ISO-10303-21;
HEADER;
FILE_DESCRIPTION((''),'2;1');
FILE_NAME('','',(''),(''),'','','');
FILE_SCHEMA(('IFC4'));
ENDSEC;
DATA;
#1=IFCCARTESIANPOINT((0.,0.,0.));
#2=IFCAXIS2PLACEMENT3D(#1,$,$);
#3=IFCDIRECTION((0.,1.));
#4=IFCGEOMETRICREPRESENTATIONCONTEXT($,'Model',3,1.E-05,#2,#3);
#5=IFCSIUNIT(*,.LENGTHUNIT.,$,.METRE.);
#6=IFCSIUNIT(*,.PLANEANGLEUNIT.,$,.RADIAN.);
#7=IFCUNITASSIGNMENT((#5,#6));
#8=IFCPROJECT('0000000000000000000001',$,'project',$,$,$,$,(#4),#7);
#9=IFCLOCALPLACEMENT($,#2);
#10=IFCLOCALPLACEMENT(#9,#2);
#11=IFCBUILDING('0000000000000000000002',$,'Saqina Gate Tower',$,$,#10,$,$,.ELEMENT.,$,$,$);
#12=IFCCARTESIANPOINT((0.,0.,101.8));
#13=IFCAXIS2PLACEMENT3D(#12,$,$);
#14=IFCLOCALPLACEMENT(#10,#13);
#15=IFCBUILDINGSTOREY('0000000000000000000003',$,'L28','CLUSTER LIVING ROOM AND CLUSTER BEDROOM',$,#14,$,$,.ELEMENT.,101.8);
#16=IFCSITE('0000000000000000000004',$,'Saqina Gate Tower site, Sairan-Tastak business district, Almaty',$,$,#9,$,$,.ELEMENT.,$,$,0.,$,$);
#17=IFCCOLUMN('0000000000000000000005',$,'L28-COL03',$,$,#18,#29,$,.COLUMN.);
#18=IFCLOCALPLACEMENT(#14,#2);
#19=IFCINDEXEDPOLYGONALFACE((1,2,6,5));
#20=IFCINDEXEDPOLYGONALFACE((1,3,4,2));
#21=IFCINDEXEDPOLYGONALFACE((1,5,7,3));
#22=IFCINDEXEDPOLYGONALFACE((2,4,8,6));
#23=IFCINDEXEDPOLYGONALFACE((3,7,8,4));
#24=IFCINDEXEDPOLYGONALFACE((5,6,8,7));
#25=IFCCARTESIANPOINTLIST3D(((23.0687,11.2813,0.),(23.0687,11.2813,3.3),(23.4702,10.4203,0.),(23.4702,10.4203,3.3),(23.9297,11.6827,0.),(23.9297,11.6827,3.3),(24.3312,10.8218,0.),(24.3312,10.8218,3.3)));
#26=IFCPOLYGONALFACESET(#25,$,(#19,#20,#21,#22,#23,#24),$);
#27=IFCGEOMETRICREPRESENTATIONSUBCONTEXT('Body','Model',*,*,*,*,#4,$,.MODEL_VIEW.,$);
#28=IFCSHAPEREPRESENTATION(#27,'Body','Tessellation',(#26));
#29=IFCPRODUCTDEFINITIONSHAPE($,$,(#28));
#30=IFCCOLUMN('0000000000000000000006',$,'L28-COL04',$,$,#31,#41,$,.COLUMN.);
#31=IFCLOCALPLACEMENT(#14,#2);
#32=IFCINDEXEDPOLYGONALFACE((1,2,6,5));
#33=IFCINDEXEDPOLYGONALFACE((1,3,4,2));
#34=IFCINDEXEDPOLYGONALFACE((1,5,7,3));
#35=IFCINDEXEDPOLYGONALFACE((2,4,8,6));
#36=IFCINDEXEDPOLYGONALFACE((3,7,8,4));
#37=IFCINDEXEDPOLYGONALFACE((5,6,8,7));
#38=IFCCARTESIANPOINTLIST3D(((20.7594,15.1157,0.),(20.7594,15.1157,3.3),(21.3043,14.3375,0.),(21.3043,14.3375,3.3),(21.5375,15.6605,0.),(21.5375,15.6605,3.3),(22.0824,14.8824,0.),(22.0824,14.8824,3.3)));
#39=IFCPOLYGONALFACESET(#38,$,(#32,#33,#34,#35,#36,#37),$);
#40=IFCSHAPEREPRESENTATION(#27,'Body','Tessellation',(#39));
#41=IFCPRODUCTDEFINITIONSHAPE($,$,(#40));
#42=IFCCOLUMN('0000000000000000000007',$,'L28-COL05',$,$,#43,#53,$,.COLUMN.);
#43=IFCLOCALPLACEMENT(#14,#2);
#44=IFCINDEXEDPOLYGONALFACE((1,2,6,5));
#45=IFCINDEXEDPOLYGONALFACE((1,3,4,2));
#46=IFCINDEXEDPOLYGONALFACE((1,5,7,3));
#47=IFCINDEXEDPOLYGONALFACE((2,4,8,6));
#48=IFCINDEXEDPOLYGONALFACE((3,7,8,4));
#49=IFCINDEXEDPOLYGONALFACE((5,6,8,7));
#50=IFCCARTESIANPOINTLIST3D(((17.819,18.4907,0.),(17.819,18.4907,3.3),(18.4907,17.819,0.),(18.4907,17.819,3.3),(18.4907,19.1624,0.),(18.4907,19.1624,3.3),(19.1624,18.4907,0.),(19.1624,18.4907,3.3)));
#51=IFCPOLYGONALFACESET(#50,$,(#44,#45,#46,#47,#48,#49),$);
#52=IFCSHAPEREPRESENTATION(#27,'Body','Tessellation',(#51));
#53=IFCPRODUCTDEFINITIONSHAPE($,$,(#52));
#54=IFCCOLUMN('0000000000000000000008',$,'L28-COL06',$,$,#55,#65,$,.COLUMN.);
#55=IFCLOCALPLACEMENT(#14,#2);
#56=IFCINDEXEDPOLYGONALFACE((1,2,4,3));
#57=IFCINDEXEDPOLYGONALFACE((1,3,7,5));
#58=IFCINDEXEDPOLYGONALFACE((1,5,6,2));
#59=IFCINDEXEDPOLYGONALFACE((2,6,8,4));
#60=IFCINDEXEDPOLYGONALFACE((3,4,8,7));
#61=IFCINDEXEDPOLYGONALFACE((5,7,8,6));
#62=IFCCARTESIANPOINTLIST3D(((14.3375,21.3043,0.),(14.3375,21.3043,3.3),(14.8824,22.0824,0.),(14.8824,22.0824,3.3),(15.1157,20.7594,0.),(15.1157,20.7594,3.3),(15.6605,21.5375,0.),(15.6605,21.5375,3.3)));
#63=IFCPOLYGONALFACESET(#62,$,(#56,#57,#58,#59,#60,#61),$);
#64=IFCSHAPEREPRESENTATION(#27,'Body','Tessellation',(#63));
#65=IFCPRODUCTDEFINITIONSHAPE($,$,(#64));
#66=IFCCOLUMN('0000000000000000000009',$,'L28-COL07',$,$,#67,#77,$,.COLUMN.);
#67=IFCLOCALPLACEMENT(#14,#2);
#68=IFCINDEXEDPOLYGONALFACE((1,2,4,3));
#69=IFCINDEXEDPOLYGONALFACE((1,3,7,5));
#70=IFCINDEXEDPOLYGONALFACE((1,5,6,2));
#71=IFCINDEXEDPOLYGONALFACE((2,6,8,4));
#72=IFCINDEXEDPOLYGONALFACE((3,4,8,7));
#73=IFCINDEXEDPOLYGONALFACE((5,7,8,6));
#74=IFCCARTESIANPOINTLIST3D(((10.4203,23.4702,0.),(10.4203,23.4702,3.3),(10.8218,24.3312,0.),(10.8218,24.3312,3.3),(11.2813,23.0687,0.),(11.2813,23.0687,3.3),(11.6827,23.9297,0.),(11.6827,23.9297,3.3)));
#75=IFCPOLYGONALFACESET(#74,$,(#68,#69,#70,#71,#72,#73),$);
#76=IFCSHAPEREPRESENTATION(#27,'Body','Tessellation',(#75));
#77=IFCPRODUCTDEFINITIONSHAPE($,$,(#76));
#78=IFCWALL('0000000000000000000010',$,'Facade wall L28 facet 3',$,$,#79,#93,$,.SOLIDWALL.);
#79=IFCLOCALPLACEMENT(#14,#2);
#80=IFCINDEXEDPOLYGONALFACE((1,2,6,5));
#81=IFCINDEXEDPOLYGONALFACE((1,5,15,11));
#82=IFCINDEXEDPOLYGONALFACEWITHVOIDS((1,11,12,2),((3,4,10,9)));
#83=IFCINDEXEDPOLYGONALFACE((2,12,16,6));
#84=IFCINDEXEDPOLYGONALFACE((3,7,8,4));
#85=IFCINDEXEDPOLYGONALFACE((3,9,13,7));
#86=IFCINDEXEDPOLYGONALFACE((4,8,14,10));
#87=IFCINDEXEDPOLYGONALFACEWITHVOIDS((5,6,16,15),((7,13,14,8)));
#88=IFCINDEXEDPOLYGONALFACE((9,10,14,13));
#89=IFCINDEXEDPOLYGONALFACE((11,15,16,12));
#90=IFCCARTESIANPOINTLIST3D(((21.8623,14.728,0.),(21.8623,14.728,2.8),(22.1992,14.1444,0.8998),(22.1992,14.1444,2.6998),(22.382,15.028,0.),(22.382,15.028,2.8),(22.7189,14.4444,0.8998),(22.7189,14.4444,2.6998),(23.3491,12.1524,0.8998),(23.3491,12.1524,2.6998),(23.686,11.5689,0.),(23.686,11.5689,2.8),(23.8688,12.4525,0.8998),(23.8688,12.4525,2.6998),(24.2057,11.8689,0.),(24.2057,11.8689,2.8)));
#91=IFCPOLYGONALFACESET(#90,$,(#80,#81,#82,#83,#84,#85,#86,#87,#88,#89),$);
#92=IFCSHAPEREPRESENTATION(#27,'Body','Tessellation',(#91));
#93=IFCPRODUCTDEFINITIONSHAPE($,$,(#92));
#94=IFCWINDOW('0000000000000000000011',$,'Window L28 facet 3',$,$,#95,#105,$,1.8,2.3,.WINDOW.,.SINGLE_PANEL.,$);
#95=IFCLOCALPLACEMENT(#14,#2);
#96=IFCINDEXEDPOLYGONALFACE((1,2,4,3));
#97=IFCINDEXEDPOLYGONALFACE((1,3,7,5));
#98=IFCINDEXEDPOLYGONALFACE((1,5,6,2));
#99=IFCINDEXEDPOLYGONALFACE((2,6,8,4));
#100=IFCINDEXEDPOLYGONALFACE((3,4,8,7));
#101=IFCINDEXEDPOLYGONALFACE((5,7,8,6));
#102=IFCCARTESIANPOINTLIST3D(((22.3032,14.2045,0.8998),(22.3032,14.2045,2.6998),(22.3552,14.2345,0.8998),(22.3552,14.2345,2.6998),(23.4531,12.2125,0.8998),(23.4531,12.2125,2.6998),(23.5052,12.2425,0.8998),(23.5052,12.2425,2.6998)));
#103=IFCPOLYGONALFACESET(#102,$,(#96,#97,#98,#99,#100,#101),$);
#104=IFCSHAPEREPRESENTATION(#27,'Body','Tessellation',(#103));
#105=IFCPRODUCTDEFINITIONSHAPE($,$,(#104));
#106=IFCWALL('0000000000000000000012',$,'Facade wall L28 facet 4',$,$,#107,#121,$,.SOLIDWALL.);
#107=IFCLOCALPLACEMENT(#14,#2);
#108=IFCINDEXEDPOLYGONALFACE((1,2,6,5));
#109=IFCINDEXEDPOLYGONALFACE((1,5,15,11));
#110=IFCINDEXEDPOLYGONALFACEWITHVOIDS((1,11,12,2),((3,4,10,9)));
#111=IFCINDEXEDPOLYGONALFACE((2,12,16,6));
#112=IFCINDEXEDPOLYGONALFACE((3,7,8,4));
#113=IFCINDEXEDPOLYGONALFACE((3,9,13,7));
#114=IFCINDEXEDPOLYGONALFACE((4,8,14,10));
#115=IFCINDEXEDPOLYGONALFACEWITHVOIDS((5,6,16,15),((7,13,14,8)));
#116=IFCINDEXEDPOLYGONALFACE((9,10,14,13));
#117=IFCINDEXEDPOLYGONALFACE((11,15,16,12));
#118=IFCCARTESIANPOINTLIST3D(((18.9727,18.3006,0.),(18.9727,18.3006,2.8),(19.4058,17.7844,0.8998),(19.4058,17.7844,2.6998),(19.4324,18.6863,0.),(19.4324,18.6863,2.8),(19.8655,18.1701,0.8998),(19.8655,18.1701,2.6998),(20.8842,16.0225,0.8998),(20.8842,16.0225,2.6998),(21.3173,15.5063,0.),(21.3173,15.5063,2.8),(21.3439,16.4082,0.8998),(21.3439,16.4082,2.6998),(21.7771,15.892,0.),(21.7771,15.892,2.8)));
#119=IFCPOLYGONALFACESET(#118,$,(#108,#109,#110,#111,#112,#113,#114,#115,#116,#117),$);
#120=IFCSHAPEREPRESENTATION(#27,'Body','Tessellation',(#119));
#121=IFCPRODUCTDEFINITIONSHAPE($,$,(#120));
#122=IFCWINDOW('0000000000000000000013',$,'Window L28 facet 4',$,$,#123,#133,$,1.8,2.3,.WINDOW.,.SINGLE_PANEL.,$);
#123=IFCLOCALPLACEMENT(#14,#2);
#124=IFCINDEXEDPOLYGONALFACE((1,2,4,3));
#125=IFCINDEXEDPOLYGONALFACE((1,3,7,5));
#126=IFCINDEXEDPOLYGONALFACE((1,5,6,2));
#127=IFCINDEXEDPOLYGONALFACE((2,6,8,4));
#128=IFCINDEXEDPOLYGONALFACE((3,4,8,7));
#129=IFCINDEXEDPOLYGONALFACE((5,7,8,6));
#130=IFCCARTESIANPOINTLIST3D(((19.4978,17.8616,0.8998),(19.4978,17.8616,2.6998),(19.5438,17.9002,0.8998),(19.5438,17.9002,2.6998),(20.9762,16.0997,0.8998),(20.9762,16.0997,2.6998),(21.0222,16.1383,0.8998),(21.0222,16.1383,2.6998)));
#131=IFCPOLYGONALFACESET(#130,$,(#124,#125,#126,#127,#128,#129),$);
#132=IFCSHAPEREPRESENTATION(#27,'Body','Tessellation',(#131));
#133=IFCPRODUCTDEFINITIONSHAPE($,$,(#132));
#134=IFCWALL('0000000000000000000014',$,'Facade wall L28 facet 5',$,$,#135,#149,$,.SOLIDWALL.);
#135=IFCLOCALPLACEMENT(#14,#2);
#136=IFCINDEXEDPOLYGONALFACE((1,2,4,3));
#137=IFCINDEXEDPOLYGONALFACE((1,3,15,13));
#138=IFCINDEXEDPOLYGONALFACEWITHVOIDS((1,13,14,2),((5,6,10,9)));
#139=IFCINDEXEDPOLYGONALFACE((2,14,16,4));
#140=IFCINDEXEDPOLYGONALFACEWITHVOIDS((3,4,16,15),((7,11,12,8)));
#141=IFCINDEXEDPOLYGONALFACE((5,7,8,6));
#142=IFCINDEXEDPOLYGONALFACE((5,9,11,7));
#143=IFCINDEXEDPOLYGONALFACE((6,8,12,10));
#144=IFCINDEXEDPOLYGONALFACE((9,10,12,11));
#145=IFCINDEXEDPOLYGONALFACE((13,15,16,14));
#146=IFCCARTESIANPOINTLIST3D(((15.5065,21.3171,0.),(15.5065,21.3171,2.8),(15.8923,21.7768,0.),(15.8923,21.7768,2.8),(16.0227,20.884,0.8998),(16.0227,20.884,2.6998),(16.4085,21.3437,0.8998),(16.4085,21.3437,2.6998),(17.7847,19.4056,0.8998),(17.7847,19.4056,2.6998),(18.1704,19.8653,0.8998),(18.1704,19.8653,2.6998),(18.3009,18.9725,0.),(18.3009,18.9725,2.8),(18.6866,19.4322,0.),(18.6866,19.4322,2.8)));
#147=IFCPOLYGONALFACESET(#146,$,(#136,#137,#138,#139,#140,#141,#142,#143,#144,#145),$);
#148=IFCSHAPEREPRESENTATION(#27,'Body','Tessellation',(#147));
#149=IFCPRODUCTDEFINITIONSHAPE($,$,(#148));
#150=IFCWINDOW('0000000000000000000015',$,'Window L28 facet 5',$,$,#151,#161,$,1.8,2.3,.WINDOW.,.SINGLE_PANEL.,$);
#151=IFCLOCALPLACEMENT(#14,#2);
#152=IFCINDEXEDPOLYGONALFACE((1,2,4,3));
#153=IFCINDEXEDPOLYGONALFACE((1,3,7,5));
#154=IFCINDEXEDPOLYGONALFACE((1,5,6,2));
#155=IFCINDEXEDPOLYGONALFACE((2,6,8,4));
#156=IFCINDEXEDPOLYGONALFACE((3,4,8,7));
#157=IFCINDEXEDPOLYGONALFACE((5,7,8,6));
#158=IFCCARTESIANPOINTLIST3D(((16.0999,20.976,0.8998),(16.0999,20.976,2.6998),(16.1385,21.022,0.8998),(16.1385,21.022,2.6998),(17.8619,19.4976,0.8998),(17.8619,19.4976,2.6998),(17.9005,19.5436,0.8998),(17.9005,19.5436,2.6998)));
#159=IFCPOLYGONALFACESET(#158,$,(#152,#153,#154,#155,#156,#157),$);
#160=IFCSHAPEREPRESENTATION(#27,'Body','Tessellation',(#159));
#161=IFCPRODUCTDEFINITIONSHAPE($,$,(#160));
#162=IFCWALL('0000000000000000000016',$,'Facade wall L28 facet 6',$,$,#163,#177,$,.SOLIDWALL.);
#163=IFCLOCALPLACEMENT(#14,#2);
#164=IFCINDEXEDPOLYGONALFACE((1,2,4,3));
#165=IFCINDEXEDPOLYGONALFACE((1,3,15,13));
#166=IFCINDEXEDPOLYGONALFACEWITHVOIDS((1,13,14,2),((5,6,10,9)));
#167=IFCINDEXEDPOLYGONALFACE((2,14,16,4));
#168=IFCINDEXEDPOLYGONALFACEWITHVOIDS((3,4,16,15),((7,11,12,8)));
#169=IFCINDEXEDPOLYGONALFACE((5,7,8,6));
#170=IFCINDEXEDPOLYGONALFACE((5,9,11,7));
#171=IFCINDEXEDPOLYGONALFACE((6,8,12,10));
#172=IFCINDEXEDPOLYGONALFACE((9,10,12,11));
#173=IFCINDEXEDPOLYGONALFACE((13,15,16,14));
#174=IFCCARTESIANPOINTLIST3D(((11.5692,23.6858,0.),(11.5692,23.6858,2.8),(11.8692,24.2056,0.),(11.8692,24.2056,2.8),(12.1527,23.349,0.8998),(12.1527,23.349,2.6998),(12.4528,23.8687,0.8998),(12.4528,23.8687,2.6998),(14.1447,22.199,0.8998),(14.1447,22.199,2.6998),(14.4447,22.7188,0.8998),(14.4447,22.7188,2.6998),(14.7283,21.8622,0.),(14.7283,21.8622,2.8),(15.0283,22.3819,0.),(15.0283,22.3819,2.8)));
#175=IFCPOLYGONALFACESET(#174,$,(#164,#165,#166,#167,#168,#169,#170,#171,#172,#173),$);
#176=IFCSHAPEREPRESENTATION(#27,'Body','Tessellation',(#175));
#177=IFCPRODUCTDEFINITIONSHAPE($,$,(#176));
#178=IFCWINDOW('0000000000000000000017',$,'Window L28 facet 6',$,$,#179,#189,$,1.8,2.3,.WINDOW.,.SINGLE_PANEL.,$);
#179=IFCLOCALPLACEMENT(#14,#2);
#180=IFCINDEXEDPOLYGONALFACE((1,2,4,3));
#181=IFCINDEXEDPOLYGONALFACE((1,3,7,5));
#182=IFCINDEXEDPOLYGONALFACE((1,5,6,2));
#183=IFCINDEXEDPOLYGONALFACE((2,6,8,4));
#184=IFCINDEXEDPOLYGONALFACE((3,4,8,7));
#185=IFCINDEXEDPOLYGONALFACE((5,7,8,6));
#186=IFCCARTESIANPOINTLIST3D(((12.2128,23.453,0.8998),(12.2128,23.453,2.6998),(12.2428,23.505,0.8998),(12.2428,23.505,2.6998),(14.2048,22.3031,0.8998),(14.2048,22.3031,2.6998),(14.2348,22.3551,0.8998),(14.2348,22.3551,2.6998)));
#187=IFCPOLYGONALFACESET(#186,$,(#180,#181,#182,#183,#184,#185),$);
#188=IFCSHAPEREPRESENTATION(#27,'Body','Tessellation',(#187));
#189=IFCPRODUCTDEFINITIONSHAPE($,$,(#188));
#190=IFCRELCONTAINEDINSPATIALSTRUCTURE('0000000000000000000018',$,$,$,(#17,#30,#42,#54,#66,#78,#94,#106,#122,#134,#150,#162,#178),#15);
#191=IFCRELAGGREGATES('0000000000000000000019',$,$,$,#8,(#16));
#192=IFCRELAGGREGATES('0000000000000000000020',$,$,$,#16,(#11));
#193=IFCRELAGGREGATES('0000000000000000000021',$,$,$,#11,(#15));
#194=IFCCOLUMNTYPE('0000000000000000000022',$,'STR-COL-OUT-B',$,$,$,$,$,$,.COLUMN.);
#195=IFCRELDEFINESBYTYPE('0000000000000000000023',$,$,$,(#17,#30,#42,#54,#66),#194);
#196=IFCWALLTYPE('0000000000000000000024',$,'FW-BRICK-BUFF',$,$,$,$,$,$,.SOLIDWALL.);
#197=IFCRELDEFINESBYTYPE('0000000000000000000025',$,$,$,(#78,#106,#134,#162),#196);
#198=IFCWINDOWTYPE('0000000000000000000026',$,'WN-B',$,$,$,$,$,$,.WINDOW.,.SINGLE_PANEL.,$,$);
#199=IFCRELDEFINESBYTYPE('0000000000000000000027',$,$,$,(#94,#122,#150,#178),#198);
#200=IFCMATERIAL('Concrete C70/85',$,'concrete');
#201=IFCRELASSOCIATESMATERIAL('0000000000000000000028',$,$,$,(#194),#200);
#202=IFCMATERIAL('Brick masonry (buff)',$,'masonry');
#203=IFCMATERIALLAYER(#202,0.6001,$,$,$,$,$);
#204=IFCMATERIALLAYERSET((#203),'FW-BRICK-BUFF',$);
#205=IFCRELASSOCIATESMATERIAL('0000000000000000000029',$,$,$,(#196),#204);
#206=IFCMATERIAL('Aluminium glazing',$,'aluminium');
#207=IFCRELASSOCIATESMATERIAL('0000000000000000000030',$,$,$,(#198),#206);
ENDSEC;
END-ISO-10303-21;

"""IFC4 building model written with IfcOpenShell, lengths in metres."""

from ifc_helpers import new_model, si_unit, direction, frame, frame_2d, origin, origin_2d, place, context, subcontext, project, spatial, rectangle, extrude, material, layer, layer_set, material_profile, profile_set, type_object, element, fill, save


model = new_model("IFC4")

# Units and contexts
model_context = context("Model", 3, precision=1e-05, world=origin(), true_north=direction((0.0, 1.0)))
body_context = subcontext(model_context, "Body", "Model", "MODEL_VIEW")
ifc_project = project(units=[si_unit("LENGTHUNIT", "METRE"), si_unit("PLANEANGLEUNIT", "RADIAN")], contexts=[model_context])

# Site, building, storey
site_placement = place(None, origin())
site = spatial("IfcSite", under=ifc_project, at=site_placement, Name="Saqina Gate Tower site, Sairan-Tastak business district, Almaty", CompositionType="ELEMENT", RefElevation=0.0)
building_placement = place(site_placement, origin())
building = spatial("IfcBuilding", under=site, at=building_placement, Name="Saqina Gate Tower", CompositionType="ELEMENT")
storey_placement = place(building_placement, frame((0.0, 0.0, 101.8)))
storey = spatial("IfcBuildingStorey", under=building, at=storey_placement, Name="L28", Description="CLUSTER LIVING ROOM AND CLUSTER BEDROOM", CompositionType="ELEMENT", Elevation=101.8)

# Columns
ifc_material_1 = material(Name="Concrete C70/85", Category="concrete")
ifc_material_profile = material_profile(ifc_material_1, rectangle(XDim=0.95, YDim=0.95, at=origin_2d()), Name="RC 950x950")
ifc_profile_set = profile_set([ifc_material_profile], Name="Concrete C70/85")
column_type = type_object("IfcColumnType", Name="STR-COL-OUT-B", PredefinedType="COLUMN", material=ifc_profile_set)
for number, where, z_axis, x_axis, name in (
    (1, (23.7, 11.0515, 0.0), (0.0, 0.0, 1.0), (0.906308, 0.422618, 0.0), "L28-COL03"),
    (2, (21.4209, 14.999, 0.0), (0.0, 0.0, 1.0), (0.819152, 0.573576, 0.0), "L28-COL04"),
    (3, (18.4907, 18.4907, 0.0), (0.0, 0.0, 1.0), (0.707107, 0.707107, 0.0), "L28-COL05"),
    (4, (14.999, 21.4209, 0.0), (0.0, 0.0, 1.0), (0.573576, 0.819152, 0.0), "L28-COL06"),
    (5, (11.0515, 23.7, 0.0), (0.0, 0.0, 1.0), (0.422618, 0.906308, 0.0), "L28-COL07"),
):
    element("IfcColumn", number, at=place(storey_placement, frame(where, z_axis=z_axis, x_axis=x_axis)), inside=storey, type_object=column_type, Name=name, PredefinedType="COLUMN", context=body_context, shape_type="SweptSolid", body=[
        extrude(rectangle(XDim=0.95, YDim=0.95, at=origin_2d()), origin(), (0.0, 0.0, 1.0), 3.3),
    ])

# Walls, openings, windows
ifc_material_2 = material(Name="Brick masonry (buff)", Category="masonry")
ifc_layer_1 = layer(ifc_material_2, 0.6001)
ifc_layer_set_1 = layer_set([ifc_layer_1], Name="FW-BRICK-BUFF")
wall_type_1 = type_object("IfcWallType", Name="FW-BRICK-BUFF", PredefinedType="SOLIDWALL", material=ifc_layer_set_1)
wall_1_placement = place(storey_placement, frame((23.9458, 11.719, 0.0), z_axis=(0.0, 0.0, 1.0), x_axis=(-0.499954, 0.866052, 0.0)))
wall_1 = element("IfcWall", 6, at=wall_1_placement, inside=storey, type_object=wall_type_1, Name="Facade wall L28 facet 3", PredefinedType="SOLIDWALL", context=body_context, shape_type="SweptSolid", body=[
    extrude(rectangle(XDim=3.6477, YDim=0.6001, at=frame_2d((1.8237, 0.0))), origin(), (0.0, 0.0, 1.0), 2.8),
])
opening_1_placement = place(wall_1_placement, frame((0.6738, 0.0, 0.8999)))
opening_1 = element("IfcOpeningElement", 7, at=opening_1_placement, cuts=wall_1, PredefinedType="OPENING", context=body_context, shape_type="SweptSolid", body=[
    extrude(rectangle(XDim=2.3, YDim=1.8, at=frame_2d((1.1499, 0.8999))), frame((0.0, 0.312, 0.0), z_axis=(0.0, -1.0, 0.0), x_axis=(1.0, 0.0, 0.0)), (0.0, 0.0, 1.0), 0.624),
])
ifc_material_3 = material(Name="Aluminium glazing", Category="aluminium")
window_type = type_object("IfcWindowType", Name="WN-B", PartitioningType="SINGLE_PANEL", PredefinedType="WINDOW", material=ifc_material_3)
window_1_placement = place(opening_1_placement, origin())
window_1 = element("IfcWindow", 8, at=window_1_placement, inside=storey, type_object=window_type, Name="Window L28 facet 3", OverallHeight=1.8, OverallWidth=2.3, PartitioningType="SINGLE_PANEL", PredefinedType="WINDOW", context=body_context, shape_type="SweptSolid", body=[
    extrude(rectangle(XDim=2.3, YDim=1.8, at=frame_2d((1.1499, 0.8999))), frame((0.0, 0.1799, 0.0), z_axis=(0.0, -1.0, 0.0), x_axis=(1.0, 0.0, 0.0)), (0.0, 0.0, 1.0), 0.0601),
])
fill(opening_1, window_1)
wall_2_placement = place(storey_placement, frame((21.5471, 15.6992, 0.0), z_axis=(0.0, 0.0, 1.0), x_axis=(-0.642774, 0.766055, 0.0)))
wall_2 = element("IfcWall", 9, at=wall_2_placement, inside=storey, type_object=wall_type_1, Name="Facade wall L28 facet 4", PredefinedType="SOLIDWALL", context=body_context, shape_type="SweptSolid", body=[
    extrude(rectangle(XDim=3.6477, YDim=0.6001, at=frame_2d((1.8237, 0.0))), origin(), (0.0, 0.0, 1.0), 2.8),
])
opening_2_placement = place(wall_2_placement, frame((0.6738, 0.0, 0.8999)))
opening_2 = element("IfcOpeningElement", 10, at=opening_2_placement, cuts=wall_2, PredefinedType="OPENING", context=body_context, shape_type="SweptSolid", body=[
    extrude(rectangle(XDim=2.3, YDim=1.8, at=frame_2d((1.1499, 0.8999))), frame((0.0, 0.312, 0.0), z_axis=(0.0, -1.0, 0.0), x_axis=(1.0, 0.0, 0.0)), (0.0, 0.0, 1.0), 0.624),
])
window_2_placement = place(opening_2_placement, origin())
window_2 = element("IfcWindow", 11, at=window_2_placement, inside=storey, type_object=window_type, Name="Window L28 facet 4", OverallHeight=1.8, OverallWidth=2.3, PartitioningType="SINGLE_PANEL", PredefinedType="WINDOW", context=body_context, shape_type="SweptSolid", body=[
    extrude(rectangle(XDim=2.3, YDim=1.8, at=frame_2d((1.1499, 0.8999))), frame((0.0, 0.1799, 0.0), z_axis=(0.0, -1.0, 0.0), x_axis=(1.0, 0.0, 0.0)), (0.0, 0.0, 1.0), 0.0601),
])
fill(opening_2, window_2)
wall_3_placement = place(storey_placement, frame((18.4937, 19.2024, 0.0), z_axis=(0.0, 0.0, 1.0), x_axis=(-0.766055, 0.642774, 0.0)))
wall_3 = element("IfcWall", 12, at=wall_3_placement, inside=storey, type_object=wall_type_1, Name="Facade wall L28 facet 5", PredefinedType="SOLIDWALL", context=body_context, shape_type="SweptSolid", body=[
    extrude(rectangle(XDim=3.6477, YDim=0.6001, at=frame_2d((1.8237, 0.0))), origin(), (0.0, 0.0, 1.0), 2.8),
])
opening_3_placement = place(wall_3_placement, frame((0.6738, 0.0, 0.8999)))
opening_3 = element("IfcOpeningElement", 13, at=opening_3_placement, cuts=wall_3, PredefinedType="OPENING", context=body_context, shape_type="SweptSolid", body=[
    extrude(rectangle(XDim=2.3, YDim=1.8, at=frame_2d((1.1499, 0.8999))), frame((0.0, 0.312, 0.0), z_axis=(0.0, -1.0, 0.0), x_axis=(1.0, 0.0, 0.0)), (0.0, 0.0, 1.0), 0.624),
])
window_3_placement = place(opening_3_placement, origin())
window_3 = element("IfcWindow", 14, at=window_3_placement, inside=storey, type_object=window_type, Name="Window L28 facet 5", OverallHeight=1.8, OverallWidth=2.3, PartitioningType="SINGLE_PANEL", PredefinedType="WINDOW", context=body_context, shape_type="SweptSolid", body=[
    extrude(rectangle(XDim=2.3, YDim=1.8, at=frame_2d((1.1499, 0.8999))), frame((0.0, 0.1799, 0.0), z_axis=(0.0, -1.0, 0.0), x_axis=(1.0, 0.0, 0.0)), (0.0, 0.0, 1.0), 0.0601),
])
fill(opening_3, window_3)
wall_4_placement = place(storey_placement, frame((14.8782, 22.1221, 0.0), z_axis=(0.0, 0.0, 1.0), x_axis=(-0.866052, 0.499954, 0.0)))
wall_4 = element("IfcWall", 15, at=wall_4_placement, inside=storey, type_object=wall_type_1, Name="Facade wall L28 facet 6", PredefinedType="SOLIDWALL", context=body_context, shape_type="SweptSolid", body=[
    extrude(rectangle(XDim=3.6477, YDim=0.6001, at=frame_2d((1.8237, 0.0))), origin(), (0.0, 0.0, 1.0), 2.8),
])
opening_4_placement = place(wall_4_placement, frame((0.6738, 0.0, 0.8999)))
opening_4 = element("IfcOpeningElement", 16, at=opening_4_placement, cuts=wall_4, PredefinedType="OPENING", context=body_context, shape_type="SweptSolid", body=[
    extrude(rectangle(XDim=2.3, YDim=1.8, at=frame_2d((1.1499, 0.8999))), frame((0.0, 0.312, 0.0), z_axis=(0.0, -1.0, 0.0), x_axis=(1.0, 0.0, 0.0)), (0.0, 0.0, 1.0), 0.624),
])
window_4_placement = place(opening_4_placement, origin())
window_4 = element("IfcWindow", 17, at=window_4_placement, inside=storey, type_object=window_type, Name="Window L28 facet 6", OverallHeight=1.8, OverallWidth=2.3, PartitioningType="SINGLE_PANEL", PredefinedType="WINDOW", context=body_context, shape_type="SweptSolid", body=[
    extrude(rectangle(XDim=2.3, YDim=1.8, at=frame_2d((1.1499, 0.8999))), frame((0.0, 0.1799, 0.0), z_axis=(0.0, -1.0, 0.0), x_axis=(1.0, 0.0, 0.0)), (0.0, 0.0, 1.0), 0.0601),
])
fill(opening_4, window_4)

save(model, "model.ifc")
